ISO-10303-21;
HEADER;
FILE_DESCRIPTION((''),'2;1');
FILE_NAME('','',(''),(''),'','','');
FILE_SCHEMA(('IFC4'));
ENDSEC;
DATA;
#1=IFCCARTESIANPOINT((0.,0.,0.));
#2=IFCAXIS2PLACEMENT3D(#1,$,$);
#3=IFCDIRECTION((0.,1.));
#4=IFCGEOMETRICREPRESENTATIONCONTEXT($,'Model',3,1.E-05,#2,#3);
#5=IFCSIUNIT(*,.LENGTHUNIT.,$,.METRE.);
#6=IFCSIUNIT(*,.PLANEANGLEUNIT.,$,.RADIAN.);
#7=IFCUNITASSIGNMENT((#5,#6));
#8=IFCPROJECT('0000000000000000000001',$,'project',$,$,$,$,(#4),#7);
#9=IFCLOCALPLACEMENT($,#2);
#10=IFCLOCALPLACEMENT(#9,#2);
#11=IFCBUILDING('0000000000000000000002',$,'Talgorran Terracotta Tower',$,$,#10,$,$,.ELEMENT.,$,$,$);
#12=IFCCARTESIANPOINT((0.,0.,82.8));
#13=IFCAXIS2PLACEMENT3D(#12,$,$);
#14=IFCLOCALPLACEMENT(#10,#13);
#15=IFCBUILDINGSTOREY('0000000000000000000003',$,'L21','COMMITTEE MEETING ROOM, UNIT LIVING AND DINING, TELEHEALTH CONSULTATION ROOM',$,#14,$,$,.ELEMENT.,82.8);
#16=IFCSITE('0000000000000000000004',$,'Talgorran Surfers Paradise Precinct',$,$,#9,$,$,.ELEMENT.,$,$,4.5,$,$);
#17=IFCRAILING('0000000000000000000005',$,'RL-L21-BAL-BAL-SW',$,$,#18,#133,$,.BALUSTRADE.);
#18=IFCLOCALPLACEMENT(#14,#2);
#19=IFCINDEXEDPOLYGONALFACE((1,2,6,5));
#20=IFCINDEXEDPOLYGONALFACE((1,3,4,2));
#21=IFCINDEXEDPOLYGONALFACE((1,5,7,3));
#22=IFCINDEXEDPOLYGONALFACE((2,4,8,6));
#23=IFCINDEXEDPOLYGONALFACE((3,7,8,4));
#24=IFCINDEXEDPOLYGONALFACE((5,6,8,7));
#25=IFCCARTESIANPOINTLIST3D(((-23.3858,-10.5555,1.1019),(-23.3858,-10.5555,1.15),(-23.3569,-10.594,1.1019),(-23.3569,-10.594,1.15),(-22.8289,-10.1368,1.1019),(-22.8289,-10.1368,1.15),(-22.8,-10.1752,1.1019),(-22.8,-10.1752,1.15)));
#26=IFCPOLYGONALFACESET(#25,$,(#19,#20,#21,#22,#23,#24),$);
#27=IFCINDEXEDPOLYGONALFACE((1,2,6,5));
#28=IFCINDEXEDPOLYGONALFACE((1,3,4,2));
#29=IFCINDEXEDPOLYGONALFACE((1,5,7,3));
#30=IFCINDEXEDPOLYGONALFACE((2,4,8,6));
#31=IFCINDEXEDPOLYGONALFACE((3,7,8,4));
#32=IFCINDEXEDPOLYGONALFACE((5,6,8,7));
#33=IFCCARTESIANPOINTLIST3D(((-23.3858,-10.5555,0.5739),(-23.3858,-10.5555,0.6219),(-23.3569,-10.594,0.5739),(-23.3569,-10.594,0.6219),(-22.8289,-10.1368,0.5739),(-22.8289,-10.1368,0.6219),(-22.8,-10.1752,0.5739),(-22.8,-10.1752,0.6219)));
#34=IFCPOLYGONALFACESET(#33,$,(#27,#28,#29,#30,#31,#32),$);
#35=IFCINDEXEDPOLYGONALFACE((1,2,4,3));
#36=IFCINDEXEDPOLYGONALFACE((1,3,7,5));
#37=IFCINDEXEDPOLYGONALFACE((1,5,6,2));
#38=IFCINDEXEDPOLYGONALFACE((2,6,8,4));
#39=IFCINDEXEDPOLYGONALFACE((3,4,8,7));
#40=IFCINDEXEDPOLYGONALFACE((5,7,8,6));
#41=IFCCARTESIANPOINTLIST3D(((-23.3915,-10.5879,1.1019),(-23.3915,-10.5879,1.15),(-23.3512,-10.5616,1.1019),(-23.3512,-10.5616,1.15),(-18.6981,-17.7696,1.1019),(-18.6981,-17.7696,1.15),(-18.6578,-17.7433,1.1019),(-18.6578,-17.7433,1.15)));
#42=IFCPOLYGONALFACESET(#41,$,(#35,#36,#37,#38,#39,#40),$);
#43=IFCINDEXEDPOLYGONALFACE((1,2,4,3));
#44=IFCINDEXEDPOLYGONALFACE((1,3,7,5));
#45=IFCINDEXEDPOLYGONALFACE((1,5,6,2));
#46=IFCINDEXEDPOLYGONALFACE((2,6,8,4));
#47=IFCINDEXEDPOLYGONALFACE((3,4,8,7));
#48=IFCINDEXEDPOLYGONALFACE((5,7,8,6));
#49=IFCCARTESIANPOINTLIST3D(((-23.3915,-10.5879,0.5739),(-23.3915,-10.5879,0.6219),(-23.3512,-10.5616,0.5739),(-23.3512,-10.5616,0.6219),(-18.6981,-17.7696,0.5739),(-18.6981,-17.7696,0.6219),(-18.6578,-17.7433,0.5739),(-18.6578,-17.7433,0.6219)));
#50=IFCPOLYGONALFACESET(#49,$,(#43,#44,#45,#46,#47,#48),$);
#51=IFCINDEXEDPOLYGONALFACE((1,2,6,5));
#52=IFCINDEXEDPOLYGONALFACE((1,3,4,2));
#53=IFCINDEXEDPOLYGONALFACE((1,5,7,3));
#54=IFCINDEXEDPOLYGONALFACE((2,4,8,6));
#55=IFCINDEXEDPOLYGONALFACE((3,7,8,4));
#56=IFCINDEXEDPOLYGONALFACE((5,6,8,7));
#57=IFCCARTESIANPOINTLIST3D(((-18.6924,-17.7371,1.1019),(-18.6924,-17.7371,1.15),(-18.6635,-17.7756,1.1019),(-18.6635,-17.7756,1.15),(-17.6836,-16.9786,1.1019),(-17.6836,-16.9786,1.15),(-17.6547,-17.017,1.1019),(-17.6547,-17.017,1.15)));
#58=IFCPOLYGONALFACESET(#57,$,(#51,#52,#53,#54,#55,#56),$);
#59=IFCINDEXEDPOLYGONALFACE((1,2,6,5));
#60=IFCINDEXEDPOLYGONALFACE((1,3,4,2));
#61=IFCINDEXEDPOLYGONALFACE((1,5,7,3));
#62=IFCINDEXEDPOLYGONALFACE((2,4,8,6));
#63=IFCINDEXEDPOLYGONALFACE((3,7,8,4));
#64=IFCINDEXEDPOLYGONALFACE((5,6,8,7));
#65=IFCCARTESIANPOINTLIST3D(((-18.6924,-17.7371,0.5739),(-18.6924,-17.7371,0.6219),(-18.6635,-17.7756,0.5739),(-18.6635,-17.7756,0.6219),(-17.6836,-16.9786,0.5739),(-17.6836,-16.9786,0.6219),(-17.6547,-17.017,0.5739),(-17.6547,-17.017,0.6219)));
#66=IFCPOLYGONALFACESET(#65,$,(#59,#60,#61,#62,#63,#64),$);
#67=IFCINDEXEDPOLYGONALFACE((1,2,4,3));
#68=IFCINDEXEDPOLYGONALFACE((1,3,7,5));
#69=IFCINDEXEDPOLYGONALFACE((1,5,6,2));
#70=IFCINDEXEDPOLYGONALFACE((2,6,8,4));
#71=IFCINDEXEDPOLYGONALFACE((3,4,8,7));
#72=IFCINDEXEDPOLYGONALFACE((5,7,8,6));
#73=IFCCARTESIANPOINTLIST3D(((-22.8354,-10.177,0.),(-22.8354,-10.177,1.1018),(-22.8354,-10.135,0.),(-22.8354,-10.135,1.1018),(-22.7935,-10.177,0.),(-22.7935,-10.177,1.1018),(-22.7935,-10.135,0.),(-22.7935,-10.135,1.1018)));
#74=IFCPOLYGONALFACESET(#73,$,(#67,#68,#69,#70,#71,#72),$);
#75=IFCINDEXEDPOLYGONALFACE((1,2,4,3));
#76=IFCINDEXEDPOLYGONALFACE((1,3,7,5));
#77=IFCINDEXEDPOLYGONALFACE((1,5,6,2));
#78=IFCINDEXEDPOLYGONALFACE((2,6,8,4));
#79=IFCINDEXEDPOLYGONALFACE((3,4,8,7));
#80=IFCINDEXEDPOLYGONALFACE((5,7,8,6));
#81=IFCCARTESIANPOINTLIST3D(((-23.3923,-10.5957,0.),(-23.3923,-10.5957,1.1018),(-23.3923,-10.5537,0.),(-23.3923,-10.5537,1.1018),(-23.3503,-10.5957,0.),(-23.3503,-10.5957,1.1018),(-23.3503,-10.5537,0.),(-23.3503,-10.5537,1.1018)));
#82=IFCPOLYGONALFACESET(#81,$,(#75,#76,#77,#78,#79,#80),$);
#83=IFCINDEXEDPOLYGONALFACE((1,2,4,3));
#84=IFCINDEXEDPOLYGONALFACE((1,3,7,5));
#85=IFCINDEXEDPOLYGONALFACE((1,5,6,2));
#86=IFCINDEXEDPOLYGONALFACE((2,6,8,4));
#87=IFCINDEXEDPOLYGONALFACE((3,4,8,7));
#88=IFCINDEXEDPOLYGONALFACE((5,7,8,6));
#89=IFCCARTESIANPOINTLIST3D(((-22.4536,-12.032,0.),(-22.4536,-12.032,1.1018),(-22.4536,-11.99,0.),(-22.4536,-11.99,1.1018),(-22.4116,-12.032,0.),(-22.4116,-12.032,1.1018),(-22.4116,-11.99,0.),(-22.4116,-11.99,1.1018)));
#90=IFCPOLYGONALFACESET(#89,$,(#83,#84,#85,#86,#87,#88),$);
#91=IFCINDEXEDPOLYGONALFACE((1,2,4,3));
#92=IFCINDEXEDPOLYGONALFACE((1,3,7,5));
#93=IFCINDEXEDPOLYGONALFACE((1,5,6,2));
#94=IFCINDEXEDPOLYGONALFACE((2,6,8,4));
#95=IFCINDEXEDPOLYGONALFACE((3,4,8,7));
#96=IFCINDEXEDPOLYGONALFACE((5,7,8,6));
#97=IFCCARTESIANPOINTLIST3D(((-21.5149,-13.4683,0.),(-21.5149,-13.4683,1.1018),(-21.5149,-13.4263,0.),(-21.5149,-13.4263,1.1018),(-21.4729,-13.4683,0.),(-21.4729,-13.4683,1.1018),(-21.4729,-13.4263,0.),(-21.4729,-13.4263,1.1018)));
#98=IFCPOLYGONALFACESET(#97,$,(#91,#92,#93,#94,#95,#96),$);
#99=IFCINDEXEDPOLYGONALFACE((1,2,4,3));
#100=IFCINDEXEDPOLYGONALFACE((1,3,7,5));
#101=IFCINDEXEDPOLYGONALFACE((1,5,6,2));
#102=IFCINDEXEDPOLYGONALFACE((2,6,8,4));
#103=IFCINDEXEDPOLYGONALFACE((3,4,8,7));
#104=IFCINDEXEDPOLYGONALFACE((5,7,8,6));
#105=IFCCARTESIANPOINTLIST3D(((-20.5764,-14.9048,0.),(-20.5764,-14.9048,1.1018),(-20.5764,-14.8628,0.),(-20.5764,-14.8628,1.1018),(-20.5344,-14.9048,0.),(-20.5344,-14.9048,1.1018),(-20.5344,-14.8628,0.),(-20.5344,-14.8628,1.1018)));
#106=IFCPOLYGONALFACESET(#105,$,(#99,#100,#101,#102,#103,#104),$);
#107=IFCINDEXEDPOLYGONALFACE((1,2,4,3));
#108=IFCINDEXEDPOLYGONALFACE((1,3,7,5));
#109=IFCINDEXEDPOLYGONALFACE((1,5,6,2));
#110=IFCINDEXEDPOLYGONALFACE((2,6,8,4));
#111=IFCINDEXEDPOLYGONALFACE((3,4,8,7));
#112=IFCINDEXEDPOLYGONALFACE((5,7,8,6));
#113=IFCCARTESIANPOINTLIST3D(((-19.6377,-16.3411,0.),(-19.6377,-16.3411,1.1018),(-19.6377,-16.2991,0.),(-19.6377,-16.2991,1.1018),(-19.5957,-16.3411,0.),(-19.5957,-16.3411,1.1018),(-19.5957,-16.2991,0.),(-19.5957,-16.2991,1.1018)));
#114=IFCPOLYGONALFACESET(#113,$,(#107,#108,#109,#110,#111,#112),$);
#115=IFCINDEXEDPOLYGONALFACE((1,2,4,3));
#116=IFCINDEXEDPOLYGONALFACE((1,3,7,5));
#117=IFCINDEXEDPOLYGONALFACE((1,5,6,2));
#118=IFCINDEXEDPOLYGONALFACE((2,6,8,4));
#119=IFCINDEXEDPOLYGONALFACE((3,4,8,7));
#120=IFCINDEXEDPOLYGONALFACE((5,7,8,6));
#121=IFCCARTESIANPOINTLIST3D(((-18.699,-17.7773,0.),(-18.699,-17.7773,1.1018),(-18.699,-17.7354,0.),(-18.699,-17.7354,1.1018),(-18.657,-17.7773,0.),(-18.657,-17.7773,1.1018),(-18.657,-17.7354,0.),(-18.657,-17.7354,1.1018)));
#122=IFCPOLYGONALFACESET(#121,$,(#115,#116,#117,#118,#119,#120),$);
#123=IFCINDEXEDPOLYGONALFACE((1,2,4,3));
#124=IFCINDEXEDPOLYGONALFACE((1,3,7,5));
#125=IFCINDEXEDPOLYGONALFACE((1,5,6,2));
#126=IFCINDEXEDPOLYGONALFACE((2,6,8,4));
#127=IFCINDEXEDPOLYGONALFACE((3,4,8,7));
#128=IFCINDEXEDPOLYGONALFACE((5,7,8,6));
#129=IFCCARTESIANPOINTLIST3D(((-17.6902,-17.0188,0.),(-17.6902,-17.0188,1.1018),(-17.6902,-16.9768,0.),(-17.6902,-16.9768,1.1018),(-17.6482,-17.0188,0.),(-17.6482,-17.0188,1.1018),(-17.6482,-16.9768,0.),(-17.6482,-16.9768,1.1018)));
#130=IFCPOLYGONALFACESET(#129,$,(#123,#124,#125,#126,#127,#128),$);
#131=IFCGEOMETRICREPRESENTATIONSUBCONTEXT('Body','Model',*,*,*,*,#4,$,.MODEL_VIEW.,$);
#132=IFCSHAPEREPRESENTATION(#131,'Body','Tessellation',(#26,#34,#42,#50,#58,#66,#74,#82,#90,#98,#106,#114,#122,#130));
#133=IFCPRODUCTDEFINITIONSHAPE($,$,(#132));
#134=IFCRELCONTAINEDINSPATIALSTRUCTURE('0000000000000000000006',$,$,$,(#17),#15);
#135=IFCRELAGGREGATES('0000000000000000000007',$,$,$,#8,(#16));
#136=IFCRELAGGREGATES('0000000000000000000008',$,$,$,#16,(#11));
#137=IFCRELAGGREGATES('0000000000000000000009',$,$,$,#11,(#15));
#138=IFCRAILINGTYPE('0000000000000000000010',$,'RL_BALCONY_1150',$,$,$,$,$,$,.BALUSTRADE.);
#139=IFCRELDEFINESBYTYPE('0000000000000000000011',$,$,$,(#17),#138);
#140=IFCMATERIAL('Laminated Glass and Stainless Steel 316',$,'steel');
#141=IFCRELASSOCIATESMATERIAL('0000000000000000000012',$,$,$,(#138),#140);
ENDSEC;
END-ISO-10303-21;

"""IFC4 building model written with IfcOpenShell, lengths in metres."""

from ifc_helpers import new_model, si_unit, direction, frame, origin, origin_2d, place, context, subcontext, project, spatial, rectangle, extrude, material, type_object, element, save


model = new_model("IFC4")

# Units and contexts
model_context = context("Model", 3, precision=1e-05, world=origin(), true_north=direction((0.0, 1.0)))
body_context = subcontext(model_context, "Body", "Model", "MODEL_VIEW")
ifc_project = project(units=[si_unit("LENGTHUNIT", "METRE"), si_unit("PLANEANGLEUNIT", "RADIAN")], contexts=[model_context])

# Site, building, storey
site_placement = place(None, origin())
site = spatial("IfcSite", under=ifc_project, at=site_placement, Name="Talgorran Surfers Paradise Precinct", CompositionType="ELEMENT", RefElevation=4.5)
building_placement = place(site_placement, origin())
building = spatial("IfcBuilding", under=site, at=building_placement, Name="Talgorran Terracotta Tower", CompositionType="ELEMENT")
storey_placement = place(building_placement, frame((0.0, 0.0, 82.8)))
storey = spatial("IfcBuildingStorey", under=building, at=storey_placement, Name="L21", Description="COMMITTEE MEETING ROOM, UNIT LIVING AND DINING, TELEHEALTH CONSULTATION ROOM", CompositionType="ELEMENT", Elevation=82.8)

# Railing
ifc_material_1 = material(Name="Laminated Glass and Stainless Steel 316", Category="steel")
railing_type = type_object("IfcRailingType", Name="RL_BALCONY_1150", PredefinedType="BALUSTRADE", material=ifc_material_1)
railing_placement = place(storey_placement, frame((-22.8145, -10.156, 0.0)))
element("IfcRailing", 1, at=railing_placement, inside=storey, type_object=railing_type, Name="RL-L21-BAL-BAL-SW", PredefinedType="BALUSTRADE", context=body_context, shape_type="SweptSolid", body=[
    extrude(rectangle(XDim=0.0481, YDim=0.0481, at=origin_2d()), frame((0.0, 0.0, 1.126), z_axis=(-0.799285, -0.600953, 0.0), x_axis=(0.600953, -0.799285, 0.0)), (0.0, 0.0, 1.0), 0.6968),
    extrude(rectangle(XDim=0.0481, YDim=0.0481, at=origin_2d()), frame((0.0, 0.0, 0.5979), z_axis=(-0.799285, -0.600953, 0.0), x_axis=(0.600953, -0.799285, 0.0)), (0.0, 0.0, 1.0), 0.6968),
    extrude(rectangle(XDim=0.0481, YDim=0.0481, at=origin_2d()), frame((-0.5569, -0.4187, 1.126), z_axis=(0.547059, -0.837094, 0.0), x_axis=(0.837094, 0.547059, 0.0)), (0.0, 0.0, 1.0), 8.5793),
    extrude(rectangle(XDim=0.0481, YDim=0.0481, at=origin_2d()), frame((-0.5569, -0.4187, 0.5979), z_axis=(0.547059, -0.837094, 0.0), x_axis=(0.837094, 0.547059, 0.0)), (0.0, 0.0, 1.0), 8.5793),
    extrude(rectangle(XDim=0.0481, YDim=0.0481, at=origin_2d()), frame((4.1365, -7.6003, 1.126), z_axis=(0.799257, 0.60099, 0.0), x_axis=(-0.60099, 0.799257, 0.0)), (0.0, 0.0, 1.0), 1.2622),
    extrude(rectangle(XDim=0.0481, YDim=0.0481, at=origin_2d()), frame((4.1365, -7.6003, 0.5979), z_axis=(0.799257, 0.60099, 0.0), x_axis=(-0.60099, 0.799257, 0.0)), (0.0, 0.0, 1.0), 1.2622),
    extrude(rectangle(XDim=0.042, YDim=0.042, at=origin_2d()), origin(), (0.0, 0.0, 1.0), 1.1018),
    extrude(rectangle(XDim=0.042, YDim=0.042, at=origin_2d()), frame((-0.5569, -0.4187, 0.0)), (0.0, 0.0, 1.0), 1.1018),
    extrude(rectangle(XDim=0.042, YDim=0.042, at=origin_2d()), frame((0.3818, -1.855, 0.0)), (0.0, 0.0, 1.0), 1.1018),
    extrude(rectangle(XDim=0.042, YDim=0.042, at=origin_2d()), frame((1.3206, -3.2913, 0.0)), (0.0, 0.0, 1.0), 1.1018),
    extrude(rectangle(XDim=0.042, YDim=0.042, at=origin_2d()), frame((2.259, -4.7278, 0.0)), (0.0, 0.0, 1.0), 1.1018),
    extrude(rectangle(XDim=0.042, YDim=0.042, at=origin_2d()), frame((3.1978, -6.1641, 0.0)), (0.0, 0.0, 1.0), 1.1018),
    extrude(rectangle(XDim=0.042, YDim=0.042, at=origin_2d()), frame((4.1365, -7.6003, 0.0)), (0.0, 0.0, 1.0), 1.1018),
    extrude(rectangle(XDim=0.042, YDim=0.042, at=origin_2d()), frame((5.1453, -6.8418, 0.0)), (0.0, 0.0, 1.0), 1.1018),
])

save(model, "model.ifc")
